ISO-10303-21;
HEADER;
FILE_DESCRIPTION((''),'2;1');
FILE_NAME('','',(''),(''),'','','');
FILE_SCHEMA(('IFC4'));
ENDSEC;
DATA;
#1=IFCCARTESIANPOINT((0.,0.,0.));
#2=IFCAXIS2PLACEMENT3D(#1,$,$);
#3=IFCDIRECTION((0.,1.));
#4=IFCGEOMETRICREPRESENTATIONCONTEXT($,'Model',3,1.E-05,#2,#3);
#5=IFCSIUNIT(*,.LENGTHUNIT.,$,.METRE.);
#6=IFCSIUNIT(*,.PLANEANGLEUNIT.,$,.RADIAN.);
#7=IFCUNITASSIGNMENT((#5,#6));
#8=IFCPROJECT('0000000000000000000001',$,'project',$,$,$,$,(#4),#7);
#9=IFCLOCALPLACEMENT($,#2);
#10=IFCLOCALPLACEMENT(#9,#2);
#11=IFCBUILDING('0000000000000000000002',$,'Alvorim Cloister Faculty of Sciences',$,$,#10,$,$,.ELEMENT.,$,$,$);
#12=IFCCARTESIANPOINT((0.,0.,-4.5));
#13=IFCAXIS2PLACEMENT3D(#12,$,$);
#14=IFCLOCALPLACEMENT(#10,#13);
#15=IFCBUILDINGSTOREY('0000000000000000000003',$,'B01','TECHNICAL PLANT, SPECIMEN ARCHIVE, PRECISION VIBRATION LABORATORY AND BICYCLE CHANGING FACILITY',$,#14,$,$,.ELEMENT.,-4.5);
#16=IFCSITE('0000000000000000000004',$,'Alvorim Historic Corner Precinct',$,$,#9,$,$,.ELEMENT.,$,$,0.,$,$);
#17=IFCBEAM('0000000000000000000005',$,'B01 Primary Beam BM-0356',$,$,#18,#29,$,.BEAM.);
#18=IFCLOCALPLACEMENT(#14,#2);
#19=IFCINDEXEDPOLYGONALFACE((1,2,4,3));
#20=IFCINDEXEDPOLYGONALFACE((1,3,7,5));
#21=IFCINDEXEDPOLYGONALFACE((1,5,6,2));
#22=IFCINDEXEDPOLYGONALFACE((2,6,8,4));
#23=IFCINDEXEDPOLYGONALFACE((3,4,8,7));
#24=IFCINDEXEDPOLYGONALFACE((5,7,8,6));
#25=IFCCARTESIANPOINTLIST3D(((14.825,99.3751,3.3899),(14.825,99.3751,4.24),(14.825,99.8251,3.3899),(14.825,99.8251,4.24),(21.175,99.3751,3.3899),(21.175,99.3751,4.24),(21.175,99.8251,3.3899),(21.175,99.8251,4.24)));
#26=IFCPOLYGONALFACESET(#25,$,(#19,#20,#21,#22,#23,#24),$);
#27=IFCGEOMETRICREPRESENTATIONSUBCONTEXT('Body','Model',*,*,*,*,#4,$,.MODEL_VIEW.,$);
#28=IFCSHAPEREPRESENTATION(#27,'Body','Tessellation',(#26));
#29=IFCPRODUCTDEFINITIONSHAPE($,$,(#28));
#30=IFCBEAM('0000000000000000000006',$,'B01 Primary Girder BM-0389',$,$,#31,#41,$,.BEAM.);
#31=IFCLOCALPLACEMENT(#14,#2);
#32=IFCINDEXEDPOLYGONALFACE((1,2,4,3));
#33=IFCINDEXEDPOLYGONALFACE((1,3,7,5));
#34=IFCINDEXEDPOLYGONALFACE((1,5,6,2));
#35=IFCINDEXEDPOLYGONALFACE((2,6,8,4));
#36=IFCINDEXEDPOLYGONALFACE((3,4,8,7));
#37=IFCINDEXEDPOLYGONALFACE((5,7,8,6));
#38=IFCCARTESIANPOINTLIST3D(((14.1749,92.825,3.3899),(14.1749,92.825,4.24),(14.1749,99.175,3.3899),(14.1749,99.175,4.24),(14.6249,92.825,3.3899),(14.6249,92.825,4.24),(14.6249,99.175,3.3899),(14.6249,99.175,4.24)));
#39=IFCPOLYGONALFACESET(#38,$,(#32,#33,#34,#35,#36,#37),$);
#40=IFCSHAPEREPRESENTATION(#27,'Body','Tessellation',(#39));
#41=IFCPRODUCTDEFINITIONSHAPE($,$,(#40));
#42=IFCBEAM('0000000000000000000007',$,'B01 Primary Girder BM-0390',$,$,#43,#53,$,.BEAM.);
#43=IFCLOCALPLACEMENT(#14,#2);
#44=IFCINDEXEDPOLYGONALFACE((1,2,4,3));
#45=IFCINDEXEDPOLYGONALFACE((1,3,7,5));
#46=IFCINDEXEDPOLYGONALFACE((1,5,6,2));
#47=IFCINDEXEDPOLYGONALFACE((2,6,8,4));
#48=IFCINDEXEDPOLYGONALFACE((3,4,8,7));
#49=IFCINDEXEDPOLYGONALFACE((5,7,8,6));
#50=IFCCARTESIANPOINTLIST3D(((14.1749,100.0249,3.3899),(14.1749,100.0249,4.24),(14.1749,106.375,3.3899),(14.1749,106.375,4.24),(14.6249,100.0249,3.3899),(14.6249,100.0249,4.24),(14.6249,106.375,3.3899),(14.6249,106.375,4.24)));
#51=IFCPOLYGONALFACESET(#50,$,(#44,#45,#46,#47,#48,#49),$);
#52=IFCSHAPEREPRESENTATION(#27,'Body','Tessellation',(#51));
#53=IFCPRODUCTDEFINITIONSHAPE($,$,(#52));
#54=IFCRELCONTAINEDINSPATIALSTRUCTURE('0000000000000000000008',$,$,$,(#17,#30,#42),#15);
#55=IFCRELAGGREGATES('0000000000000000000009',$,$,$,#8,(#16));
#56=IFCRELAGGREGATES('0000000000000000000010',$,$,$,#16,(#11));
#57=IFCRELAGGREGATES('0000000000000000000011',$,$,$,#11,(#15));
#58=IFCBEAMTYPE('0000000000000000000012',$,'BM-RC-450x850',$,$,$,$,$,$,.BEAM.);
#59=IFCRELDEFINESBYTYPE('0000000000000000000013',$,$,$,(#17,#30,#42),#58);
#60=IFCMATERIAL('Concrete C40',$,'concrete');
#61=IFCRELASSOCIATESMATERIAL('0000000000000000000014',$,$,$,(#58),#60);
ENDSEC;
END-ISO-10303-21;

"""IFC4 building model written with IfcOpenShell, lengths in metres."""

from ifc_helpers import new_model, si_unit, direction, frame, origin, origin_2d, place, context, subcontext, project, spatial, rectangle, extrude, material, material_profile, profile_set, type_object, element, save


model = new_model("IFC4")

# Units and contexts
model_context = context("Model", 3, precision=1e-05, world=origin(), true_north=direction((0.0, 1.0)))
body_context = subcontext(model_context, "Body", "Model", "MODEL_VIEW")
ifc_project = project(units=[si_unit("LENGTHUNIT", "METRE"), si_unit("PLANEANGLEUNIT", "RADIAN")], contexts=[model_context])

# Site, building, storey
site_placement = place(None, origin())
site = spatial("IfcSite", under=ifc_project, at=site_placement, Name="Alvorim Historic Corner Precinct", CompositionType="ELEMENT", RefElevation=0.0)
building_placement = place(site_placement, origin())
building = spatial("IfcBuilding", under=site, at=building_placement, Name="Alvorim Cloister Faculty of Sciences", CompositionType="ELEMENT")
storey_placement = place(building_placement, frame((0.0, 0.0, -4.5)))
storey = spatial("IfcBuildingStorey", under=building, at=storey_placement, Name="B01", Description="TECHNICAL PLANT, SPECIMEN ARCHIVE, PRECISION VIBRATION LABORATORY AND BICYCLE CHANGING FACILITY", CompositionType="ELEMENT", Elevation=-4.5)

# Shared definitions
ifc_material_1 = material(Name="Concrete C40", Category="concrete")

# Beams
ifc_material_profile_1 = material_profile(ifc_material_1, rectangle(XDim=0.45, YDim=0.8501, at=origin_2d()), Name="RC40-BM-450x850")
ifc_profile_set_1 = profile_set([ifc_material_profile_1], Name="Concrete C40")
beam_type = type_object("IfcBeamType", Name="BM-RC-450x850", PredefinedType="BEAM", material=ifc_profile_set_1)
for number, where, z_axis, x_axis, name in (
    (1, (14.825, 99.6001, 3.8149), (1.0, 0.0, 0.0), (0.0, 1.0, 0.0), "B01 Primary Beam BM-0356"),
    (2, (14.3999, 92.825, 3.8149), (0.0, 1.0, 0.0), (-1.0, 0.0, 0.0), "B01 Primary Girder BM-0389"),
    (3, (14.3999, 100.0249, 3.8149), (0.0, 1.0, 0.0), (-1.0, 0.0, 0.0), "B01 Primary Girder BM-0390"),
):
    element("IfcBeam", number, at=place(storey_placement, frame(where, z_axis=z_axis, x_axis=x_axis)), inside=storey, type_object=beam_type, Name=name, PredefinedType="BEAM", context=body_context, shape_type="SweptSolid", body=[
        extrude(rectangle(XDim=0.45, YDim=0.8501, at=origin_2d()), origin(), (0.0, 0.0, 1.0), 6.3501),
    ])

save(model, "model.ifc")
